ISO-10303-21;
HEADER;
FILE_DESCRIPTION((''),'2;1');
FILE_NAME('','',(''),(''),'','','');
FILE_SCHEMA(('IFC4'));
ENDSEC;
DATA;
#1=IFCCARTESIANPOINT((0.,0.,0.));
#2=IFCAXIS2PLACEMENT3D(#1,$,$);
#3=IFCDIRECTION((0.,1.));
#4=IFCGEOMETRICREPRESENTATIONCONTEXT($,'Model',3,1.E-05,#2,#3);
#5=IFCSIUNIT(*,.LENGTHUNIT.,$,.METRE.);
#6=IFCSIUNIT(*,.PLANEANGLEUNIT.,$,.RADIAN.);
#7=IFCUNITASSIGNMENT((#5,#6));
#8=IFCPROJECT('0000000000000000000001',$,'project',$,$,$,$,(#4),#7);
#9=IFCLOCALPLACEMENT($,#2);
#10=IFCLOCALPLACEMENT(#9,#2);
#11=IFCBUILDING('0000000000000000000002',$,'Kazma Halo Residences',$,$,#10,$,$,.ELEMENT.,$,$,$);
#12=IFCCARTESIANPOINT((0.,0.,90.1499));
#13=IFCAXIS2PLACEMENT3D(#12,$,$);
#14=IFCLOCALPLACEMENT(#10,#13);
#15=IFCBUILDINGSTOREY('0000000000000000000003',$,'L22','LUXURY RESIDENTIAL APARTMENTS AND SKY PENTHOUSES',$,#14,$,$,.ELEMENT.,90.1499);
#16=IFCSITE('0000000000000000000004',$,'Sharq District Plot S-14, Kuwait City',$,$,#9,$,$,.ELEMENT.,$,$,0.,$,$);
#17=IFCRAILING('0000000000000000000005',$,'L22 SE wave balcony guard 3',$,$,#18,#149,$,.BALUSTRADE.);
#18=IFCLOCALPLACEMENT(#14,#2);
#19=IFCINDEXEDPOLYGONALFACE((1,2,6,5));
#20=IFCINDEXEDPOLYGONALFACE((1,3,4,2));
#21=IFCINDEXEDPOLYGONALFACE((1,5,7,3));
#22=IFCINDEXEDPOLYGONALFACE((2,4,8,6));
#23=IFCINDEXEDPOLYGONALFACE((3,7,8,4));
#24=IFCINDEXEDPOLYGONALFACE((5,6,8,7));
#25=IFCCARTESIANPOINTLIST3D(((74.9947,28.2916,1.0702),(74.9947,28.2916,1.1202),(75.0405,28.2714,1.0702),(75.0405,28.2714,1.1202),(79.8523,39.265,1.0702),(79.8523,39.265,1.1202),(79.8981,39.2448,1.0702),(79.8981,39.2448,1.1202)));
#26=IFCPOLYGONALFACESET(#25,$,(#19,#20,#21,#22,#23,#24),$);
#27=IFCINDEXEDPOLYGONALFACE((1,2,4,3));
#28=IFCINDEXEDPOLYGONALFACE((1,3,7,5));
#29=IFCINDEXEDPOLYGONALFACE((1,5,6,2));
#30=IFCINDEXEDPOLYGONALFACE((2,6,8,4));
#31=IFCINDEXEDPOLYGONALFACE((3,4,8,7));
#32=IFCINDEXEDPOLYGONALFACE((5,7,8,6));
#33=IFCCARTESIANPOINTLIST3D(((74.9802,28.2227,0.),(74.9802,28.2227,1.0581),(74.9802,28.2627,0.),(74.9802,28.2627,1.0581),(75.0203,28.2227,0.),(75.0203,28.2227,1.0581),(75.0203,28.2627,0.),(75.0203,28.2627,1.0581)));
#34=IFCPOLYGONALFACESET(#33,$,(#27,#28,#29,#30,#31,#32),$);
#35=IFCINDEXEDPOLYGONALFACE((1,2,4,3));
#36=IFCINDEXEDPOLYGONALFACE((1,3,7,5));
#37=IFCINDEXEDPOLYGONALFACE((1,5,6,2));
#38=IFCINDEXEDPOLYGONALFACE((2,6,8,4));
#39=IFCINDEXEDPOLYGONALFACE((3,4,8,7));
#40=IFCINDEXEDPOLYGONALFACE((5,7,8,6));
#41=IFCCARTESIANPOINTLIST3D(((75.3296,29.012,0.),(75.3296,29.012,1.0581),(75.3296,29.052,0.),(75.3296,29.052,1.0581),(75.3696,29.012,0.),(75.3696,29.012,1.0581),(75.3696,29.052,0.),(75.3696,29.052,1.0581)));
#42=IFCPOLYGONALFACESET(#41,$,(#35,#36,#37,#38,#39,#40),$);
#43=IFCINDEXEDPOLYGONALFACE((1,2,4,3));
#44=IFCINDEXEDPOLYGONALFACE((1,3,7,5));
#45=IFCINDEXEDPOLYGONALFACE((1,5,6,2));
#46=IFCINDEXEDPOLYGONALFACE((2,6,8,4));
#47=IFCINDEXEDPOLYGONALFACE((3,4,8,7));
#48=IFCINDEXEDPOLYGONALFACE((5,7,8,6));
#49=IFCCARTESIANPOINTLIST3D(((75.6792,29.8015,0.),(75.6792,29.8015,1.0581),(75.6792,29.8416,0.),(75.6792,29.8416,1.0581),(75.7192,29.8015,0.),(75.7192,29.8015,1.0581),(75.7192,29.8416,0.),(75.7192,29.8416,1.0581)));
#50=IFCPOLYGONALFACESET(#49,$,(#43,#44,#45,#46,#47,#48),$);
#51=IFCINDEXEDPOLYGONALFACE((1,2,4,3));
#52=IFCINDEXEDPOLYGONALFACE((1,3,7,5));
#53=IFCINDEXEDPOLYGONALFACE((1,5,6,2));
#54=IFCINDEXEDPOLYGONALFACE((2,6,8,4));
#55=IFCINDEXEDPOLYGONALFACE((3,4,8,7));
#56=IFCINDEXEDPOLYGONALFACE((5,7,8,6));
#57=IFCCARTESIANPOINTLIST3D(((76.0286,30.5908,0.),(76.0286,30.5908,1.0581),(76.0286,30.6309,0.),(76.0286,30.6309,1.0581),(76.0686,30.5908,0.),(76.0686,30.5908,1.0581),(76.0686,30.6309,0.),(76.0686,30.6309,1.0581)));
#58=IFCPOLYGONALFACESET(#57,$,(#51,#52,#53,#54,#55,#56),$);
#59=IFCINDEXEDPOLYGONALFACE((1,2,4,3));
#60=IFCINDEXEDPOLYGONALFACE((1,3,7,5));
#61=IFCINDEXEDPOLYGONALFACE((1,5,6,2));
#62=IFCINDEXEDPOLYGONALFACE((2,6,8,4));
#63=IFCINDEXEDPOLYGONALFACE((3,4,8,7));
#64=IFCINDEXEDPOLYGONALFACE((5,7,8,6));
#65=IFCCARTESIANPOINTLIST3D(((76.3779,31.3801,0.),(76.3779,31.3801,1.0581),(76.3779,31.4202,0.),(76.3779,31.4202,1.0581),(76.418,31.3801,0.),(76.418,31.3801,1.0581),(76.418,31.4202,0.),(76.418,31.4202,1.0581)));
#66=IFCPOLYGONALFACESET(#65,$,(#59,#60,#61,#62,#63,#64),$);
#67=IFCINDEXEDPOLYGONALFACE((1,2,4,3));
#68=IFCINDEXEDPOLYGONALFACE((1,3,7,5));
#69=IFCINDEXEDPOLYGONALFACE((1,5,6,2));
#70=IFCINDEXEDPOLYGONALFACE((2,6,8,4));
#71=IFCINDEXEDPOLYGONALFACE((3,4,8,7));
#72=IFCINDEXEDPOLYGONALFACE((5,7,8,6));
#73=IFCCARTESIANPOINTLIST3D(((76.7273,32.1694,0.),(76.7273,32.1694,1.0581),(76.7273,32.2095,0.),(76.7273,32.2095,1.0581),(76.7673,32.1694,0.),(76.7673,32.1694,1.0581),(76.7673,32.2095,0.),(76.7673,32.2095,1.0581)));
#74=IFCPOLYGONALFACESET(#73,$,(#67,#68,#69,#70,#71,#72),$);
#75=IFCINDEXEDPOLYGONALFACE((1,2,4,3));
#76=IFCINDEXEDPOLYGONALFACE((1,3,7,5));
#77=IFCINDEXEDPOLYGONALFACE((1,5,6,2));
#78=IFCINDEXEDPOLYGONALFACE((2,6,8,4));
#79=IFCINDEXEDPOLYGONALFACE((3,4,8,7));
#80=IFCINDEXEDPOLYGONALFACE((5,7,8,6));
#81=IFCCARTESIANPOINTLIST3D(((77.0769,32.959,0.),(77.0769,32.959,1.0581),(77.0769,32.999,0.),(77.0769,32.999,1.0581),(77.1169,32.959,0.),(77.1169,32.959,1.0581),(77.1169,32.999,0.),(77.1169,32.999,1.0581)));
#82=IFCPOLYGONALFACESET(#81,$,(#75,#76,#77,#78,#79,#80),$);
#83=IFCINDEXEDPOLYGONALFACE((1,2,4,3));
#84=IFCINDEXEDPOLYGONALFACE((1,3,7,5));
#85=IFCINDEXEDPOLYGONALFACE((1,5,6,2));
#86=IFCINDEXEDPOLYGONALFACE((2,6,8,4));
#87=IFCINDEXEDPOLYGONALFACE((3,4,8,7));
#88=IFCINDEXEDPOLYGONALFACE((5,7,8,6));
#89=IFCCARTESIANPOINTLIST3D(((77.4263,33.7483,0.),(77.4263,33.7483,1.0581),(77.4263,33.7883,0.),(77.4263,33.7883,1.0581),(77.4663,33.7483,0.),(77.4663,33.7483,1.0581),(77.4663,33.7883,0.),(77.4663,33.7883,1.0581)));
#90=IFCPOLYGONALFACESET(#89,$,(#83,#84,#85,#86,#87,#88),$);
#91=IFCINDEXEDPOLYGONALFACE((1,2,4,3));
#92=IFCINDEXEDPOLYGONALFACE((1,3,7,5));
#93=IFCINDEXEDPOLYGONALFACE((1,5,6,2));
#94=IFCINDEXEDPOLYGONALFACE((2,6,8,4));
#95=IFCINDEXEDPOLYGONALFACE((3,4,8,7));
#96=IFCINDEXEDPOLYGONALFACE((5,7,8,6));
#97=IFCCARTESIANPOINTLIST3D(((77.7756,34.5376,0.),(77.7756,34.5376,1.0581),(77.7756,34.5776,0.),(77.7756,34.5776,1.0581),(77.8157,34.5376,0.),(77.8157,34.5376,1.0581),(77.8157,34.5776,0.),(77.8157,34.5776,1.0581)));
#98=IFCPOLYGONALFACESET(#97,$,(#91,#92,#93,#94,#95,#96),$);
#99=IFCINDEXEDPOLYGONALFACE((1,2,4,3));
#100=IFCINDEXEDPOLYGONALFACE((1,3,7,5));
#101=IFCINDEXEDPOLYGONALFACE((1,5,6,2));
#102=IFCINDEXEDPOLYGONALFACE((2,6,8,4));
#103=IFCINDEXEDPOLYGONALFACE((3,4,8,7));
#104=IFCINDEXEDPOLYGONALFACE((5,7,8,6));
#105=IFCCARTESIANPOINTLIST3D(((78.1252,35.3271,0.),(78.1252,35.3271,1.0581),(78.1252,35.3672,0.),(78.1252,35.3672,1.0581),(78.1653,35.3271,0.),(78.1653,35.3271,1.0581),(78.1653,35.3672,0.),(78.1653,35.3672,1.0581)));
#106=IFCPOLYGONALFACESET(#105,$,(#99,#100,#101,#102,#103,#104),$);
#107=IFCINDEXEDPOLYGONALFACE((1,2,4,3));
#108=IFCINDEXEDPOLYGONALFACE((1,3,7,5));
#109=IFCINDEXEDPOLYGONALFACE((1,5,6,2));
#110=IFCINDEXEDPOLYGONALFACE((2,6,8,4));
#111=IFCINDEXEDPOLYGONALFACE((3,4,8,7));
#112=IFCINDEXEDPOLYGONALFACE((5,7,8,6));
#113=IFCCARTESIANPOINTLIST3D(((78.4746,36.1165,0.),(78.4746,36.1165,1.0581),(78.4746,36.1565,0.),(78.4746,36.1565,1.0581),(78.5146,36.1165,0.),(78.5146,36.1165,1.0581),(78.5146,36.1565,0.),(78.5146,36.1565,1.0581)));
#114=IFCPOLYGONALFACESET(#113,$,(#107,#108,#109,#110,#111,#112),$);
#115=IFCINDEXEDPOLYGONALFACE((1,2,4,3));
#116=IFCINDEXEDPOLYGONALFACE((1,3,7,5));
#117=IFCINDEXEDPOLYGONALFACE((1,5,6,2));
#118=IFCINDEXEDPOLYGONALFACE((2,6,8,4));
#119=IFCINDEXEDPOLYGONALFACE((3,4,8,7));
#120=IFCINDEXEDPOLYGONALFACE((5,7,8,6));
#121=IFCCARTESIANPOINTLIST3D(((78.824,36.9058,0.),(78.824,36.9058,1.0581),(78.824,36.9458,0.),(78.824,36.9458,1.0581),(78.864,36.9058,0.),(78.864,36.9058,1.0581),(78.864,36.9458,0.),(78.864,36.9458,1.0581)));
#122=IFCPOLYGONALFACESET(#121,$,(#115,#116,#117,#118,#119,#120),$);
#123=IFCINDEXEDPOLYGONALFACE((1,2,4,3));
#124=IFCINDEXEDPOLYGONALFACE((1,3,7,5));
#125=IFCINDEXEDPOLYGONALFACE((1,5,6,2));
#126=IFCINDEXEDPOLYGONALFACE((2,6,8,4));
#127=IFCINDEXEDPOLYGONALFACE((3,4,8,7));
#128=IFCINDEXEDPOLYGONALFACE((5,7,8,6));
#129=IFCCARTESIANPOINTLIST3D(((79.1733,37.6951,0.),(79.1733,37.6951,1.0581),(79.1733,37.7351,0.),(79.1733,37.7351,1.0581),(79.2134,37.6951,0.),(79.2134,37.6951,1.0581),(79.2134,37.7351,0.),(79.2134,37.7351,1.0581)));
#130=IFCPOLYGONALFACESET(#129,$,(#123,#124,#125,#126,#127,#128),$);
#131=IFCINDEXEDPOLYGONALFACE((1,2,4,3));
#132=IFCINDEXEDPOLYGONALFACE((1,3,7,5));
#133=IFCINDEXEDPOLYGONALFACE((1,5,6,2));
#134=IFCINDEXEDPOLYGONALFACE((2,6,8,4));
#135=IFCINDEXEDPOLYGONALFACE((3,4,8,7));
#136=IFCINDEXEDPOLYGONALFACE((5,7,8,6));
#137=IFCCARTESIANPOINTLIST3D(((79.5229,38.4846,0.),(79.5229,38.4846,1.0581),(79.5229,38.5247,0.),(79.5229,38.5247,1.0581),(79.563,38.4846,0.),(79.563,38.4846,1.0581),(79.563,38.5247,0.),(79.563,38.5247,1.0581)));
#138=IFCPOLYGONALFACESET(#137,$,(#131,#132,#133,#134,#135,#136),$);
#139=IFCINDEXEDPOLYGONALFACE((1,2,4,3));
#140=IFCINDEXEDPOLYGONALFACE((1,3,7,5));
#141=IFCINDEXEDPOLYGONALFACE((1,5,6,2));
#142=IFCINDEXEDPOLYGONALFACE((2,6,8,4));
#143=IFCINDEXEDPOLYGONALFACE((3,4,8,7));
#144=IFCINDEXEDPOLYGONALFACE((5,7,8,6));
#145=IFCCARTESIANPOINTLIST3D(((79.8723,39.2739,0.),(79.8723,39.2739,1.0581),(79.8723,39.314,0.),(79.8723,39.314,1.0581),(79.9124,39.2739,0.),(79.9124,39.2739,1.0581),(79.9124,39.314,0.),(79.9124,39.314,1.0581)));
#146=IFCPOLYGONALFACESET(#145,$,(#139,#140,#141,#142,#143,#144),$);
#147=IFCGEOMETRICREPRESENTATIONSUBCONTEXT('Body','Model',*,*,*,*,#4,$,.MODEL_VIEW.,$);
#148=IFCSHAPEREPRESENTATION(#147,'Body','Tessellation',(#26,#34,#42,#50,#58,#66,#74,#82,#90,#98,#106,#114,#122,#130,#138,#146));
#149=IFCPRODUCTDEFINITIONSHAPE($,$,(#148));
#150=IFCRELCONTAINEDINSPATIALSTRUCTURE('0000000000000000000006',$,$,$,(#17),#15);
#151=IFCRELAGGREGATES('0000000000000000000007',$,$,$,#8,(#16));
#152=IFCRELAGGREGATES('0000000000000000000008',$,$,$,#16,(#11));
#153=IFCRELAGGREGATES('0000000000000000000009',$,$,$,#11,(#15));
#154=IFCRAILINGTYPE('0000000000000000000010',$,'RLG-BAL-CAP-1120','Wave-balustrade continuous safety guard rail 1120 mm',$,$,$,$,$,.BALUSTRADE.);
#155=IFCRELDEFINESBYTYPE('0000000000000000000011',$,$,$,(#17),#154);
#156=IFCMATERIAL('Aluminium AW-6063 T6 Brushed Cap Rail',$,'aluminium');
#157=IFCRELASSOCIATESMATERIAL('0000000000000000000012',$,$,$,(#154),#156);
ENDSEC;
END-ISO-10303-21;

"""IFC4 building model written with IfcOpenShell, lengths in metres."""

from ifc_helpers import new_model, si_unit, direction, frame, origin, origin_2d, place, context, subcontext, project, spatial, rectangle, extrude, material, type_object, element, save


model = new_model("IFC4")

# Units and contexts
model_context = context("Model", 3, precision=1e-05, world=origin(), true_north=direction((0.0, 1.0)))
body_context = subcontext(model_context, "Body", "Model", "MODEL_VIEW")
ifc_project = project(units=[si_unit("LENGTHUNIT", "METRE"), si_unit("PLANEANGLEUNIT", "RADIAN")], contexts=[model_context])

# Site, building, storey
site_placement = place(None, origin())
site = spatial("IfcSite", under=ifc_project, at=site_placement, Name="Sharq District Plot S-14, Kuwait City", CompositionType="ELEMENT", RefElevation=0.0)
building_placement = place(site_placement, origin())
building = spatial("IfcBuilding", under=site, at=building_placement, Name="Kazma Halo Residences", CompositionType="ELEMENT")
storey_placement = place(building_placement, frame((0.0, 0.0, 90.1499)))
storey = spatial("IfcBuildingStorey", under=building, at=storey_placement, Name="L22", Description="LUXURY RESIDENTIAL APARTMENTS AND SKY PENTHOUSES", CompositionType="ELEMENT", Elevation=90.1499)

# Railing
ifc_material_1 = material(Name="Aluminium AW-6063 T6 Brushed Cap Rail", Category="aluminium")
railing_type = type_object("IfcRailingType", Name="RLG-BAL-CAP-1120", Description="Wave-balustrade continuous safety guard rail 1120 mm", PredefinedType="BALUSTRADE", material=ifc_material_1)
railing_1_placement = place(storey_placement, frame((75.0002, 28.2427, 0.0)))
element("IfcRailing", 1, at=railing_1_placement, inside=storey, type_object=railing_type, Name="L22 SE wave balcony guard 3", PredefinedType="BALUSTRADE", context=body_context, shape_type="SweptSolid", body=[
    extrude(rectangle(XDim=0.05, YDim=0.05, at=origin_2d()), frame((0.0173, 0.0388, 1.0952), z_axis=(0.404785, 0.914412, 0.0), x_axis=(-0.914412, 0.404785, 0.0)), (0.0, 0.0, 1.0), 12.0005),
    extrude(rectangle(XDim=0.04, YDim=0.04, at=origin_2d()), origin(), (0.0, 0.0, 1.0), 1.0581),
    extrude(rectangle(XDim=0.04, YDim=0.04, at=origin_2d()), frame((0.3494, 0.7893, 0.0)), (0.0, 0.0, 1.0), 1.0581),
    extrude(rectangle(XDim=0.04, YDim=0.04, at=origin_2d()), frame((0.699, 1.5789, 0.0)), (0.0, 0.0, 1.0), 1.0581),
    extrude(rectangle(XDim=0.04, YDim=0.04, at=origin_2d()), frame((1.0483, 2.3682, 0.0)), (0.0, 0.0, 1.0), 1.0581),
    extrude(rectangle(XDim=0.04, YDim=0.04, at=origin_2d()), frame((1.3977, 3.1575, 0.0)), (0.0, 0.0, 1.0), 1.0581),
    extrude(rectangle(XDim=0.04, YDim=0.04, at=origin_2d()), frame((1.7471, 3.9468, 0.0)), (0.0, 0.0, 1.0), 1.0581),
    extrude(rectangle(XDim=0.04, YDim=0.04, at=origin_2d()), frame((2.0967, 4.7363, 0.0)), (0.0, 0.0, 1.0), 1.0581),
    extrude(rectangle(XDim=0.04, YDim=0.04, at=origin_2d()), frame((2.446, 5.5256, 0.0)), (0.0, 0.0, 1.0), 1.0581),
    extrude(rectangle(XDim=0.04, YDim=0.04, at=origin_2d()), frame((2.7954, 6.3149, 0.0)), (0.0, 0.0, 1.0), 1.0581),
    extrude(rectangle(XDim=0.04, YDim=0.04, at=origin_2d()), frame((3.145, 7.1045, 0.0)), (0.0, 0.0, 1.0), 1.0581),
    extrude(rectangle(XDim=0.04, YDim=0.04, at=origin_2d()), frame((3.4944, 7.8938, 0.0)), (0.0, 0.0, 1.0), 1.0581),
    extrude(rectangle(XDim=0.04, YDim=0.04, at=origin_2d()), frame((3.8438, 8.6831, 0.0)), (0.0, 0.0, 1.0), 1.0581),
    extrude(rectangle(XDim=0.04, YDim=0.04, at=origin_2d()), frame((4.1931, 9.4724, 0.0)), (0.0, 0.0, 1.0), 1.0581),
    extrude(rectangle(XDim=0.04, YDim=0.04, at=origin_2d()), frame((4.5427, 10.262, 0.0)), (0.0, 0.0, 1.0), 1.0581),
    extrude(rectangle(XDim=0.04, YDim=0.04, at=origin_2d()), frame((4.8921, 11.0513, 0.0)), (0.0, 0.0, 1.0), 1.0581),
])

save(model, "model.ifc")
